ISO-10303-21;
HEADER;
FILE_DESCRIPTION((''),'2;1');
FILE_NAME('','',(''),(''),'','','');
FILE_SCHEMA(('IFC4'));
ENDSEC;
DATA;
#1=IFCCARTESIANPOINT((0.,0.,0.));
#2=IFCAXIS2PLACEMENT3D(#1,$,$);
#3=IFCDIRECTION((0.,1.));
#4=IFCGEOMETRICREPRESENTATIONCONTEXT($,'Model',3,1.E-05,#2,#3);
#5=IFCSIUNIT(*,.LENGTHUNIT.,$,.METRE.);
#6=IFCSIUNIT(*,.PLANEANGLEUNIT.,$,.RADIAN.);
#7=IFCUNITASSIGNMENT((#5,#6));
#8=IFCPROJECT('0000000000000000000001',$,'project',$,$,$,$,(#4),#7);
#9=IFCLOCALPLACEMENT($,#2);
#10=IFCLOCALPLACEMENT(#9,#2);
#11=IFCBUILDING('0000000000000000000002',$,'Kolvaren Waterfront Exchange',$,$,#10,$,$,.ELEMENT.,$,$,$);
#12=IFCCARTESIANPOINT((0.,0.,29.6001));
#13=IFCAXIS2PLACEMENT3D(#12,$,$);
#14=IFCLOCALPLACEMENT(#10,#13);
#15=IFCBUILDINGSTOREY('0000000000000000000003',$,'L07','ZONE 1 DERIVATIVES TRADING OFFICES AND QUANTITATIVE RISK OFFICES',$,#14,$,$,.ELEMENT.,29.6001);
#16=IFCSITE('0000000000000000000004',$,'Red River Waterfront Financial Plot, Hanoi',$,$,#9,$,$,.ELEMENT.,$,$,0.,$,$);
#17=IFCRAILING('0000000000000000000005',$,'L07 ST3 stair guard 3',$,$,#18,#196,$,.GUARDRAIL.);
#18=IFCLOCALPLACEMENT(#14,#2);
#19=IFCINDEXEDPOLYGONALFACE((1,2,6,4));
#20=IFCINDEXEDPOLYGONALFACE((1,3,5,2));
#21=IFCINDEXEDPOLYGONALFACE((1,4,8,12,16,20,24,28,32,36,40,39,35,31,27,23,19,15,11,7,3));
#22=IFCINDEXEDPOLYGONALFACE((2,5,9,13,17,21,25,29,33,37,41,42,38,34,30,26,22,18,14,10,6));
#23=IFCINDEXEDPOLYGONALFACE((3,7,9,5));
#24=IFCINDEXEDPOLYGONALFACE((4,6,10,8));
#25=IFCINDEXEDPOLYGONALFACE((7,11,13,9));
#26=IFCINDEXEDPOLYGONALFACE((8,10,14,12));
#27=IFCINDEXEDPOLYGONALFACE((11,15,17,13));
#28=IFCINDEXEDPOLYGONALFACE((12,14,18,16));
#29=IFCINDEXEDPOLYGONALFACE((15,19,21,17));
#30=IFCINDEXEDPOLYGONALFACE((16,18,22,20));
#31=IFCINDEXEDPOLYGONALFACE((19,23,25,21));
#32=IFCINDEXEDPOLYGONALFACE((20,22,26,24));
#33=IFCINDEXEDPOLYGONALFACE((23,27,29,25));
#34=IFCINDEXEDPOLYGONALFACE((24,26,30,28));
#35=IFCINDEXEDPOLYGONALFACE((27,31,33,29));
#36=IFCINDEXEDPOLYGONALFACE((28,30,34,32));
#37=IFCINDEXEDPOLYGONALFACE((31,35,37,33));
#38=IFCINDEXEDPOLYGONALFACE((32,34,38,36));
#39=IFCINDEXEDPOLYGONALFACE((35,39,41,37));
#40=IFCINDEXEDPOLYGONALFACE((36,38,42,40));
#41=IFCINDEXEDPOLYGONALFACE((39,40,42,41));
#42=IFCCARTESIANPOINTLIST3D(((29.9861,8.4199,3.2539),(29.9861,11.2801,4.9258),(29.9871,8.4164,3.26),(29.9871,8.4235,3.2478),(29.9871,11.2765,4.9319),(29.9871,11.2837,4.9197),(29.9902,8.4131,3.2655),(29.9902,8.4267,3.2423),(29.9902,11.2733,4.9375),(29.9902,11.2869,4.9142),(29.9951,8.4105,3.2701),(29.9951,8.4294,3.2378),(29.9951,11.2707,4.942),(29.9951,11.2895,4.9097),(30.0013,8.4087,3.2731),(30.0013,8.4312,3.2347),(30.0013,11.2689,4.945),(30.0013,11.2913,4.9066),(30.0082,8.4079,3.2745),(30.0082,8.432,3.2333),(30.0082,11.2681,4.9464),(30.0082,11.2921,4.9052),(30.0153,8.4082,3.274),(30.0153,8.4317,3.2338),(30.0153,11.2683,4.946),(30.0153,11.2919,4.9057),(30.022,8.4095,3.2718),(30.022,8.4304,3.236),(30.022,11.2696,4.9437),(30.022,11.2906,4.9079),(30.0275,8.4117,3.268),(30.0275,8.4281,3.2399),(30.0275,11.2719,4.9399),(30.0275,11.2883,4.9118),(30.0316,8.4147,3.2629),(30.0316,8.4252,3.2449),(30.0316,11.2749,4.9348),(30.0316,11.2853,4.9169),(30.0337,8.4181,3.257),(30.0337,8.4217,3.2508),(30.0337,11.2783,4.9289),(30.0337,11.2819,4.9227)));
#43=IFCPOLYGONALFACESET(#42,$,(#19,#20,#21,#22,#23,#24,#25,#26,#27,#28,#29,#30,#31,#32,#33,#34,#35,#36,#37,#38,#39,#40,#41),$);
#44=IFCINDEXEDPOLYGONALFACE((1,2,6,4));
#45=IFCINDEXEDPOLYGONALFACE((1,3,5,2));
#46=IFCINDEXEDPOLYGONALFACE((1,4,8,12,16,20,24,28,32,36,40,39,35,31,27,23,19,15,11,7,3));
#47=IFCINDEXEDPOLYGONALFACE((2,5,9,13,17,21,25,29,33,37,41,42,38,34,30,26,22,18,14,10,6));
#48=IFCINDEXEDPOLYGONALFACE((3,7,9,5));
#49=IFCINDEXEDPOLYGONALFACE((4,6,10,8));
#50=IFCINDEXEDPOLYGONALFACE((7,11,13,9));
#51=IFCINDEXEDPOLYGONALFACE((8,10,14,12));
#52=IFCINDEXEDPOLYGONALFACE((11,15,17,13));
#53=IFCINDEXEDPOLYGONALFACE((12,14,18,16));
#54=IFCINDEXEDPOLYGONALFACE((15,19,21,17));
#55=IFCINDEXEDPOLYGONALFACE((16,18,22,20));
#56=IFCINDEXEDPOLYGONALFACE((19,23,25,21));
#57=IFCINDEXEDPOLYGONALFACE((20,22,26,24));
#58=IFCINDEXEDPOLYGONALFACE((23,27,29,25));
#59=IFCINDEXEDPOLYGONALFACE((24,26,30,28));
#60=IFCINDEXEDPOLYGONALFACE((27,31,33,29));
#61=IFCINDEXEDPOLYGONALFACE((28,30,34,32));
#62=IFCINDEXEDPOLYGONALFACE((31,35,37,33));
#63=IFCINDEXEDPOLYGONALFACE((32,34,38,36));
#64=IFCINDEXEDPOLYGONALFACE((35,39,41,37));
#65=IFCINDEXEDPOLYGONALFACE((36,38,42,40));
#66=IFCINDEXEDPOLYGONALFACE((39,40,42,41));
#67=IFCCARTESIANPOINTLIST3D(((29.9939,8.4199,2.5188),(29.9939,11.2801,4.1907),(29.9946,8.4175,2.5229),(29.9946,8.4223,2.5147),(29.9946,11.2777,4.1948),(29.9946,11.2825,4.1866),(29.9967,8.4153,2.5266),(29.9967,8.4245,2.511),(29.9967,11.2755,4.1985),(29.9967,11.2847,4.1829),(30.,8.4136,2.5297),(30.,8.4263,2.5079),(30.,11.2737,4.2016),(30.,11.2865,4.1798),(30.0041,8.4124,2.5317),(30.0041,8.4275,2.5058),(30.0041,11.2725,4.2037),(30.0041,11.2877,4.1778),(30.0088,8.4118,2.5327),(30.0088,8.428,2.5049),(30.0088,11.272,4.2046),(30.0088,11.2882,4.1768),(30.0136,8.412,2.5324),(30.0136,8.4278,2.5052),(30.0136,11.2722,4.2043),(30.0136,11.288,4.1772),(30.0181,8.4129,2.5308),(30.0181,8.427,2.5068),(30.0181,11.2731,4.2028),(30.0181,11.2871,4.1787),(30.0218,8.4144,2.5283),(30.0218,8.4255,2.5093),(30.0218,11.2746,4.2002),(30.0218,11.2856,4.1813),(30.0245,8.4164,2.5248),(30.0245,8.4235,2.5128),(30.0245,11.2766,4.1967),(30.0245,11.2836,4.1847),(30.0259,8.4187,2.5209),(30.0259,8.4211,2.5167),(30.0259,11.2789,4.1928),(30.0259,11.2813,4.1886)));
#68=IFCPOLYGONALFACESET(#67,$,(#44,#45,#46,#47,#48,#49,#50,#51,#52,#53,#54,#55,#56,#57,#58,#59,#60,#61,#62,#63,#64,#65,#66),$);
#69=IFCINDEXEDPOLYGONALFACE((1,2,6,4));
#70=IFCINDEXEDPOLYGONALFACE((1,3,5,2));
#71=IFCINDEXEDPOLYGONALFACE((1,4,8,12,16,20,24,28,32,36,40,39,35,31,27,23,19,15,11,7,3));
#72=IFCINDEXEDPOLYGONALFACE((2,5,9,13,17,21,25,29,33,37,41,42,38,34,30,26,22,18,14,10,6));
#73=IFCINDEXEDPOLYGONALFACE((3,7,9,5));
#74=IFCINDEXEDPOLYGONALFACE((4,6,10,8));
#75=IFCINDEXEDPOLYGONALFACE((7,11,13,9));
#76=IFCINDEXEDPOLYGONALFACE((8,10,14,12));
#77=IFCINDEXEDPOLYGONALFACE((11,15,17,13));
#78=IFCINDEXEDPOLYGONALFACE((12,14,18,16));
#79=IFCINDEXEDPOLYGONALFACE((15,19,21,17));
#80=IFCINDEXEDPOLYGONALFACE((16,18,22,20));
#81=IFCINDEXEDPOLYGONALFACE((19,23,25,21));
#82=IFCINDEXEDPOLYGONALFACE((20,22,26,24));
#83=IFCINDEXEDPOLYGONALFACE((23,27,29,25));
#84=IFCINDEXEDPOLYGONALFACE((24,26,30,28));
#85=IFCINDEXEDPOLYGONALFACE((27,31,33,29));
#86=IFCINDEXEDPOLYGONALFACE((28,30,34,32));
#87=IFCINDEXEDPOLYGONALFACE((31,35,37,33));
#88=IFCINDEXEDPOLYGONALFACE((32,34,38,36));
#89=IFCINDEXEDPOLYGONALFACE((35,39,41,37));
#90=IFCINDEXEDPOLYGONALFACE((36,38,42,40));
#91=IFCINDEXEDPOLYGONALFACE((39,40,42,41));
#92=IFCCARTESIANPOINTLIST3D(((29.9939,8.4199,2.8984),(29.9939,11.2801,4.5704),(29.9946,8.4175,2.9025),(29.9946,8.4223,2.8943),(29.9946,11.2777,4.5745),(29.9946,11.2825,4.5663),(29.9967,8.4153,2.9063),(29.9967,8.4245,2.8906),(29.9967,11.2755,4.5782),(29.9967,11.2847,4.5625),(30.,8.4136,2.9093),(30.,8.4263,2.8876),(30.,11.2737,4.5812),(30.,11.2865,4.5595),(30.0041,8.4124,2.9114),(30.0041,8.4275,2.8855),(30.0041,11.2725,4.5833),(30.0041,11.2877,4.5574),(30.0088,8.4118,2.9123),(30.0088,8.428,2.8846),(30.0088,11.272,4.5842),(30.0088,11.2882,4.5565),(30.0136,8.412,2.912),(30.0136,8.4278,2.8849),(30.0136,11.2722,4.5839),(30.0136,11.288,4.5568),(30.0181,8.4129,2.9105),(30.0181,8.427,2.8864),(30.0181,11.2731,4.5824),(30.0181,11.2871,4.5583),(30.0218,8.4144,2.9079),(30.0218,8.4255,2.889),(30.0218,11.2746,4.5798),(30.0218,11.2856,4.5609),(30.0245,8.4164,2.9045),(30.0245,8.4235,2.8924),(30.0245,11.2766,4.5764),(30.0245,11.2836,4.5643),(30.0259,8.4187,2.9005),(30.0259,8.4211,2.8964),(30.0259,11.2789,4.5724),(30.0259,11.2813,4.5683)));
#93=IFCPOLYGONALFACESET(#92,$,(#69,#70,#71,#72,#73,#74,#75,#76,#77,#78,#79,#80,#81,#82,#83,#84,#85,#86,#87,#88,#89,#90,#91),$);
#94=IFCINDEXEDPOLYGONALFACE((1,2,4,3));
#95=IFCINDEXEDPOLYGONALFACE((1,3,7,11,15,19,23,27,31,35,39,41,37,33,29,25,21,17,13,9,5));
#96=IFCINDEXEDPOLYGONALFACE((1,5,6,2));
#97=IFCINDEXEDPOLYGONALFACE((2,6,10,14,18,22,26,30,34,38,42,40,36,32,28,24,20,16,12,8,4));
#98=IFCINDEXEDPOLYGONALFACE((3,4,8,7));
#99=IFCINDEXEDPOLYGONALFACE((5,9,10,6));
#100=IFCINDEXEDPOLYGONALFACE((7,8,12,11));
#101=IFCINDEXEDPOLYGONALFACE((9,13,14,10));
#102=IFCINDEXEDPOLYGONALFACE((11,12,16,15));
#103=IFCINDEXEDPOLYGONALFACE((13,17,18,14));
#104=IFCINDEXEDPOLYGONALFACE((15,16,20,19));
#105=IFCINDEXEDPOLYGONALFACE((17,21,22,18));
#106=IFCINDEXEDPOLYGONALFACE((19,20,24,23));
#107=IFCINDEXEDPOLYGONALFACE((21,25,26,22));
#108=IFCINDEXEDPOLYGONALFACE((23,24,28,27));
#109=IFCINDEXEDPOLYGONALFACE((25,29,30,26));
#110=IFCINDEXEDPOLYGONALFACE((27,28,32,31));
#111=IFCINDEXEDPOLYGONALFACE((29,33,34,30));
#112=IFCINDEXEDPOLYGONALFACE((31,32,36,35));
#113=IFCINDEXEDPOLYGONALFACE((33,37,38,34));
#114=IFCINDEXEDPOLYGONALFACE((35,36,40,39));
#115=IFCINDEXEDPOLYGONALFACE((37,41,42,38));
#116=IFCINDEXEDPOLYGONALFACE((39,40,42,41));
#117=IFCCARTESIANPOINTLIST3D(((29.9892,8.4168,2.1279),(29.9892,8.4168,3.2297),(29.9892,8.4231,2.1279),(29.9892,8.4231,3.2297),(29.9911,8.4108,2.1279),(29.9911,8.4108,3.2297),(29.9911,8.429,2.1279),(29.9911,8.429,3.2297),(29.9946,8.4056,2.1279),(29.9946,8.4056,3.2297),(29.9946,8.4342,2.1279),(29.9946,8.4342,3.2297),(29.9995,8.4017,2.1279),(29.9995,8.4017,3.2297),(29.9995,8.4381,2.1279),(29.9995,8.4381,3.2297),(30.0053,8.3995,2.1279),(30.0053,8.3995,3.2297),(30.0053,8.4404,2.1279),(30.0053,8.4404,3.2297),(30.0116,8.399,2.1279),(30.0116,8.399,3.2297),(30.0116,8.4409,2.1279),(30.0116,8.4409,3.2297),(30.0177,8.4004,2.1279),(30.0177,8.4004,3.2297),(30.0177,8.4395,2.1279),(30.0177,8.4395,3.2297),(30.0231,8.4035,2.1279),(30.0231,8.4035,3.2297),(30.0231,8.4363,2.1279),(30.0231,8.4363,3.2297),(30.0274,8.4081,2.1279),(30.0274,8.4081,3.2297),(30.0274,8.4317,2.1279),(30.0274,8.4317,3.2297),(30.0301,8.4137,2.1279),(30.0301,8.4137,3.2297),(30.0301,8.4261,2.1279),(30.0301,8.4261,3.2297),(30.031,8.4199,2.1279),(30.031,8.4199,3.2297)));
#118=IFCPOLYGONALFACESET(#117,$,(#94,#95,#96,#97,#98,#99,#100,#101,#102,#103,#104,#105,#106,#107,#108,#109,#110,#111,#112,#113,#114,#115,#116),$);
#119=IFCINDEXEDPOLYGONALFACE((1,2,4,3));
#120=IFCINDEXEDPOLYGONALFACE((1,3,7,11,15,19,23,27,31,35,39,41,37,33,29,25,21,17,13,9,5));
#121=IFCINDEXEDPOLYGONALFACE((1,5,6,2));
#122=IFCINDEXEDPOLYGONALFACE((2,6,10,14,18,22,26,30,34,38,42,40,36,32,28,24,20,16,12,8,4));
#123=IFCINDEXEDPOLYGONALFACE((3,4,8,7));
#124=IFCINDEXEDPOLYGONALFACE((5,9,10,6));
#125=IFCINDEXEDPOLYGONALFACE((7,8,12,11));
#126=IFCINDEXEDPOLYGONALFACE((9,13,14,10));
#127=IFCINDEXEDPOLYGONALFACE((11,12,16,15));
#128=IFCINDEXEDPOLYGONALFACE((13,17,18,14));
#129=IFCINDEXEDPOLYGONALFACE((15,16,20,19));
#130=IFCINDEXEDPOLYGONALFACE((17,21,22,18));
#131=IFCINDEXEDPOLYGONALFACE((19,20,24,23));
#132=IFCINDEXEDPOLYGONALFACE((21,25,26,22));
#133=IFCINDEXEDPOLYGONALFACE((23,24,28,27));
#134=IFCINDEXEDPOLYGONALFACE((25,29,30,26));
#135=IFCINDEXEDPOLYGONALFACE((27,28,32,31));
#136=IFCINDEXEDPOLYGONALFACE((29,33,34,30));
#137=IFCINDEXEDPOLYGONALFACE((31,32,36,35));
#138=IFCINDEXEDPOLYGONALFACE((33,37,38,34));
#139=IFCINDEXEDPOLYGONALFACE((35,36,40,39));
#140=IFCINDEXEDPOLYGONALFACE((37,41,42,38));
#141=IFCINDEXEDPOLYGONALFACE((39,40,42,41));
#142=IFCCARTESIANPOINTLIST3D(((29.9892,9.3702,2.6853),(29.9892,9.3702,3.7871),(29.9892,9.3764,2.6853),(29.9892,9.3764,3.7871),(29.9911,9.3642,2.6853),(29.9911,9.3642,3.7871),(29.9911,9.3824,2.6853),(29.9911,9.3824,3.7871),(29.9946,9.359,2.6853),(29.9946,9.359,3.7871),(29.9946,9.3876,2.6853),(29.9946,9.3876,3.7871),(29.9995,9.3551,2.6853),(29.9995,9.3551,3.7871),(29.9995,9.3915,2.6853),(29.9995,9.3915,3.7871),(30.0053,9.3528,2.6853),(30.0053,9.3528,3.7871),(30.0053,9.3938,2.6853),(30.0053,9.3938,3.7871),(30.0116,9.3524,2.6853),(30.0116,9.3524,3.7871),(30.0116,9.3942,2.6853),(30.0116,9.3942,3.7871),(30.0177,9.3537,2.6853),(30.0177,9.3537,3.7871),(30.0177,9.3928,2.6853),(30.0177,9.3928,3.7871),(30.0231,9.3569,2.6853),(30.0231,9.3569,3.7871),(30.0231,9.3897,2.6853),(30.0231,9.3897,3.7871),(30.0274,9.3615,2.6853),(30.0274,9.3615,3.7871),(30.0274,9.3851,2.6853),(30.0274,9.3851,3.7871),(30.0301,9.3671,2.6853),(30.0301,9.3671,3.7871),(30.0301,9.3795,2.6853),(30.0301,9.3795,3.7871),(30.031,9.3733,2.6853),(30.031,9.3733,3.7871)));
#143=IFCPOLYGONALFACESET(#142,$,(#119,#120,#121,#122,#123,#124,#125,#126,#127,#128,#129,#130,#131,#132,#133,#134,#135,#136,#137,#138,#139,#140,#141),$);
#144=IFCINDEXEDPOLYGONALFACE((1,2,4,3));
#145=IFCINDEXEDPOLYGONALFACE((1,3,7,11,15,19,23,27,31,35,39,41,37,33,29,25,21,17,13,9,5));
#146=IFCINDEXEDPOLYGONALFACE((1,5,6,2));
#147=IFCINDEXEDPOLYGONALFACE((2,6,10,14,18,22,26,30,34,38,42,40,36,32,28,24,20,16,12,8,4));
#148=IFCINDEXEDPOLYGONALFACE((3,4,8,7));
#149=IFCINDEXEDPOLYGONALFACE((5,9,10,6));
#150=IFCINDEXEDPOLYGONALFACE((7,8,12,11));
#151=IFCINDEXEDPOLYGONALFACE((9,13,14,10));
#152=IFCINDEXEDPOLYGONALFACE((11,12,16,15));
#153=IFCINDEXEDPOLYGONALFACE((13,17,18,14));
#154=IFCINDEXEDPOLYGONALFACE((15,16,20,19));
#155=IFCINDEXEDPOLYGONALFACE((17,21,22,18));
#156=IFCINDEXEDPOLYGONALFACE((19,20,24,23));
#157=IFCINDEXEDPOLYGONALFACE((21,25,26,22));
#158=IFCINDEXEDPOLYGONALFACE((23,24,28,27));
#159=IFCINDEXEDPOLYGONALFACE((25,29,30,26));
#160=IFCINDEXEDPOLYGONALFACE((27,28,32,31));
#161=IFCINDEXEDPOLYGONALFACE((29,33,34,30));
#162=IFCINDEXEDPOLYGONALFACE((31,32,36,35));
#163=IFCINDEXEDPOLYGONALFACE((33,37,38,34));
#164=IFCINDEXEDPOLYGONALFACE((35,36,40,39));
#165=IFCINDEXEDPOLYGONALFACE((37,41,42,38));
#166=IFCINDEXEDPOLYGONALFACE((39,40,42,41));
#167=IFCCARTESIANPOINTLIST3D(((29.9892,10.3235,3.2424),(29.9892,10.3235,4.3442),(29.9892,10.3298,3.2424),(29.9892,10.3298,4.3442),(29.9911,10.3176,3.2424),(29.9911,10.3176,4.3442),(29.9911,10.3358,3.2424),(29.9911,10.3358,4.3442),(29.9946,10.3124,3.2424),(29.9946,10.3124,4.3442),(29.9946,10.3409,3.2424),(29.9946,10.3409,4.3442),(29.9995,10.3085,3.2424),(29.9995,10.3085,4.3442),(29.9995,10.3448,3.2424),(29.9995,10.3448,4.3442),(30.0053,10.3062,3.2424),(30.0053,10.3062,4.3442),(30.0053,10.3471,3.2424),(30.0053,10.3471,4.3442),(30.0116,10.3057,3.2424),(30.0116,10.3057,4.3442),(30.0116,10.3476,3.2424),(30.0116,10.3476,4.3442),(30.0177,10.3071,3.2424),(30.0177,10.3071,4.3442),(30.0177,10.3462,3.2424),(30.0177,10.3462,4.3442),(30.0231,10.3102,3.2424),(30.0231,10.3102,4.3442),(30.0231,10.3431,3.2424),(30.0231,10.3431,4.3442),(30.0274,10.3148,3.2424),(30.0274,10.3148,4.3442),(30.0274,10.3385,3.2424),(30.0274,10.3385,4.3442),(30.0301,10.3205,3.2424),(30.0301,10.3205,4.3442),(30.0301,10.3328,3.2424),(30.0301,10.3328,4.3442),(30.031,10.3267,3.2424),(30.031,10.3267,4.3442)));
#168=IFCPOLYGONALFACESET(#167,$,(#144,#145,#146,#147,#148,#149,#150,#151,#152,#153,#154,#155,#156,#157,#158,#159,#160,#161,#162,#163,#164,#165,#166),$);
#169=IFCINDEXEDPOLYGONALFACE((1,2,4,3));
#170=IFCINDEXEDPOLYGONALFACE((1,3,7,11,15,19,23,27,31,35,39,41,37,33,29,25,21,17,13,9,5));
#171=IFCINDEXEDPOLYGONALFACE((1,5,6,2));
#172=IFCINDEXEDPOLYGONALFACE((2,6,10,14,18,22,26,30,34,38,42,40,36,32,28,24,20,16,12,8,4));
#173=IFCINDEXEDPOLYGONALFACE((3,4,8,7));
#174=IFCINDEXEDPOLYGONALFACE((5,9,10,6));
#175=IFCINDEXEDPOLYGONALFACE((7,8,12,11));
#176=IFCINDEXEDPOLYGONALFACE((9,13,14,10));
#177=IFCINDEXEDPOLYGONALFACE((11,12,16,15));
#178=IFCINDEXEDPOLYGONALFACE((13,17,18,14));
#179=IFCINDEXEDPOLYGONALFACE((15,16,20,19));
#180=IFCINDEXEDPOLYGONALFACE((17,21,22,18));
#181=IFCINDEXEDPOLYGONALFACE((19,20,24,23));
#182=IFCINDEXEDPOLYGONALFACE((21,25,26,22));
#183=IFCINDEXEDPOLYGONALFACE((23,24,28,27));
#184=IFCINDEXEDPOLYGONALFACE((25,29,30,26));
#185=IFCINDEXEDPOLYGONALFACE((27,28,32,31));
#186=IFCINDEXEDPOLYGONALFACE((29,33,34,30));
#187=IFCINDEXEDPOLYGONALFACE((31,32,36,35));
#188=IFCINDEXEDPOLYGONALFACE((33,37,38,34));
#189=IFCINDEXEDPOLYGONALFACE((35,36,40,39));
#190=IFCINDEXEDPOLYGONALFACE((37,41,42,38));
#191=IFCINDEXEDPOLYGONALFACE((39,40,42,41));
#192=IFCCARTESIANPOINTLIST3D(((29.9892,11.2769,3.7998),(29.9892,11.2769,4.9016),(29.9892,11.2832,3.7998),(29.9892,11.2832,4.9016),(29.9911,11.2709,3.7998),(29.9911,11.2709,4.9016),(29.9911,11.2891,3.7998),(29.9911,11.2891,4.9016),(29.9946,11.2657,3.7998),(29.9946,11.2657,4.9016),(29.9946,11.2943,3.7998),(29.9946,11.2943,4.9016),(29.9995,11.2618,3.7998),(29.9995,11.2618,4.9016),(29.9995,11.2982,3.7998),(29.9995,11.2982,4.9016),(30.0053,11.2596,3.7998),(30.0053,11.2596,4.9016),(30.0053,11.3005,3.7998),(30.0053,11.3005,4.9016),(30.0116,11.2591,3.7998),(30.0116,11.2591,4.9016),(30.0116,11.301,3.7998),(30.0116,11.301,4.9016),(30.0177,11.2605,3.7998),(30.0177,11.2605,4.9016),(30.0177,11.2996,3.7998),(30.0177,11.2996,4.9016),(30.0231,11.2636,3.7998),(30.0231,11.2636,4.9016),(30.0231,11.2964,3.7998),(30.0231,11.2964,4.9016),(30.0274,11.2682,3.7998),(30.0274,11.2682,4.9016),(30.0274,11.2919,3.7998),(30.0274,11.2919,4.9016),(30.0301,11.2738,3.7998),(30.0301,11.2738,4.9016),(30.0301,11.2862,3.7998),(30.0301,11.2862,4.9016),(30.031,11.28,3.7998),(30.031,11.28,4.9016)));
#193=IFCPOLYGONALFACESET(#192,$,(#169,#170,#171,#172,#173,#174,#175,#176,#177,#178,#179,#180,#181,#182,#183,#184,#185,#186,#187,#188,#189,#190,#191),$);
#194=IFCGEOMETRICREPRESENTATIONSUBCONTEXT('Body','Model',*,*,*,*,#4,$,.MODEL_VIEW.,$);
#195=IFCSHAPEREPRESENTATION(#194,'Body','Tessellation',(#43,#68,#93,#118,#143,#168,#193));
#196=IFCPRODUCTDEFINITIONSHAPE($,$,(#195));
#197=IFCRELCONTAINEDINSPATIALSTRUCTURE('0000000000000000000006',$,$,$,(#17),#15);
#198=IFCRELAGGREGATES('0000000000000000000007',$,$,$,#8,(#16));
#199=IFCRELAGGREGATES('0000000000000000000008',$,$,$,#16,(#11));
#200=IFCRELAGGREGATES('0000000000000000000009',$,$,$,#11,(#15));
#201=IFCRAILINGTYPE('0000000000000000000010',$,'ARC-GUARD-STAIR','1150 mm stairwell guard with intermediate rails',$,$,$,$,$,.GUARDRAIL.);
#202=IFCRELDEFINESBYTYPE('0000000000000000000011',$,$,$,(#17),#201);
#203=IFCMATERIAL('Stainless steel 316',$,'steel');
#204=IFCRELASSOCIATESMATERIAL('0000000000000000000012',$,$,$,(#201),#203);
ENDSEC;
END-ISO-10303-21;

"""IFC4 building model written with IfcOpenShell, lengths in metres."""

from ifc_helpers import new_model, si_unit, direction, frame, origin, origin_2d, place, context, subcontext, project, spatial, circle, extrude, material, type_object, element, save


model = new_model("IFC4")

# Units and contexts
model_context = context("Model", 3, precision=1e-05, world=origin(), true_north=direction((0.0, 1.0)))
body_context = subcontext(model_context, "Body", "Model", "MODEL_VIEW")
ifc_project = project(units=[si_unit("LENGTHUNIT", "METRE"), si_unit("PLANEANGLEUNIT", "RADIAN")], contexts=[model_context])

# Site, building, storey
site_placement = place(None, origin())
site = spatial("IfcSite", under=ifc_project, at=site_placement, Name="Red River Waterfront Financial Plot, Hanoi", CompositionType="ELEMENT", RefElevation=0.0)
building_placement = place(site_placement, origin())
building = spatial("IfcBuilding", under=site, at=building_placement, Name="Kolvaren Waterfront Exchange", CompositionType="ELEMENT")
storey_placement = place(building_placement, frame((0.0, 0.0, 29.6001)))
storey = spatial("IfcBuildingStorey", under=building, at=storey_placement, Name="L07", Description="ZONE 1 DERIVATIVES TRADING OFFICES AND QUANTITATIVE RISK OFFICES", CompositionType="ELEMENT", Elevation=29.6001)

# Railing
ifc_material_1 = material(Name="Stainless steel 316", Category="steel")
railing_type_1 = type_object("IfcRailingType", Name="ARC-GUARD-STAIR", Description="1150 mm stairwell guard with intermediate rails", PredefinedType="GUARDRAIL", material=ifc_material_1)
railing_1_placement = place(storey_placement, frame((30.01, 8.4199, 2.1279)))
element("IfcRailing", 1, at=railing_1_placement, inside=storey, type_object=railing_type_1, Name="L07 ST3 stair guard 3", PredefinedType="GUARDRAIL", context=body_context, shape_type="SweptSolid", body=[
    extrude(circle(Radius=0.0239, at=origin_2d()), frame((0.0, 0.0, 1.126), z_axis=(0.0, 0.863321, 0.504654), x_axis=(-1.0, 0.0, 0.0)), (0.0, 0.0, 1.0), 3.313),
    extrude(circle(Radius=0.0161, at=origin_2d()), frame((0.0, 0.0, 0.3909), z_axis=(0.0, 0.863321, 0.504654), x_axis=(-1.0, 0.0, 0.0)), (0.0, 0.0, 1.0), 3.313),
    extrude(circle(Radius=0.0161, at=origin_2d()), frame((0.0, 0.0, 0.7705), z_axis=(0.0, 0.863321, 0.504654), x_axis=(-1.0, 0.0, 0.0)), (0.0, 0.0, 1.0), 3.313),
    extrude(circle(Radius=0.021, at=origin_2d()), origin(), (0.0, 0.0, 1.0), 1.1018),
    extrude(circle(Radius=0.021, at=origin_2d()), frame((0.0, 0.9534, 0.5574)), (0.0, 0.0, 1.0), 1.1018),
    extrude(circle(Radius=0.021, at=origin_2d()), frame((0.0, 1.9067, 1.1145)), (0.0, 0.0, 1.0), 1.1018),
    extrude(circle(Radius=0.021, at=origin_2d()), frame((0.0, 2.8601, 1.6719)), (0.0, 0.0, 1.0), 1.1018),
])

save(model, "model.ifc")
